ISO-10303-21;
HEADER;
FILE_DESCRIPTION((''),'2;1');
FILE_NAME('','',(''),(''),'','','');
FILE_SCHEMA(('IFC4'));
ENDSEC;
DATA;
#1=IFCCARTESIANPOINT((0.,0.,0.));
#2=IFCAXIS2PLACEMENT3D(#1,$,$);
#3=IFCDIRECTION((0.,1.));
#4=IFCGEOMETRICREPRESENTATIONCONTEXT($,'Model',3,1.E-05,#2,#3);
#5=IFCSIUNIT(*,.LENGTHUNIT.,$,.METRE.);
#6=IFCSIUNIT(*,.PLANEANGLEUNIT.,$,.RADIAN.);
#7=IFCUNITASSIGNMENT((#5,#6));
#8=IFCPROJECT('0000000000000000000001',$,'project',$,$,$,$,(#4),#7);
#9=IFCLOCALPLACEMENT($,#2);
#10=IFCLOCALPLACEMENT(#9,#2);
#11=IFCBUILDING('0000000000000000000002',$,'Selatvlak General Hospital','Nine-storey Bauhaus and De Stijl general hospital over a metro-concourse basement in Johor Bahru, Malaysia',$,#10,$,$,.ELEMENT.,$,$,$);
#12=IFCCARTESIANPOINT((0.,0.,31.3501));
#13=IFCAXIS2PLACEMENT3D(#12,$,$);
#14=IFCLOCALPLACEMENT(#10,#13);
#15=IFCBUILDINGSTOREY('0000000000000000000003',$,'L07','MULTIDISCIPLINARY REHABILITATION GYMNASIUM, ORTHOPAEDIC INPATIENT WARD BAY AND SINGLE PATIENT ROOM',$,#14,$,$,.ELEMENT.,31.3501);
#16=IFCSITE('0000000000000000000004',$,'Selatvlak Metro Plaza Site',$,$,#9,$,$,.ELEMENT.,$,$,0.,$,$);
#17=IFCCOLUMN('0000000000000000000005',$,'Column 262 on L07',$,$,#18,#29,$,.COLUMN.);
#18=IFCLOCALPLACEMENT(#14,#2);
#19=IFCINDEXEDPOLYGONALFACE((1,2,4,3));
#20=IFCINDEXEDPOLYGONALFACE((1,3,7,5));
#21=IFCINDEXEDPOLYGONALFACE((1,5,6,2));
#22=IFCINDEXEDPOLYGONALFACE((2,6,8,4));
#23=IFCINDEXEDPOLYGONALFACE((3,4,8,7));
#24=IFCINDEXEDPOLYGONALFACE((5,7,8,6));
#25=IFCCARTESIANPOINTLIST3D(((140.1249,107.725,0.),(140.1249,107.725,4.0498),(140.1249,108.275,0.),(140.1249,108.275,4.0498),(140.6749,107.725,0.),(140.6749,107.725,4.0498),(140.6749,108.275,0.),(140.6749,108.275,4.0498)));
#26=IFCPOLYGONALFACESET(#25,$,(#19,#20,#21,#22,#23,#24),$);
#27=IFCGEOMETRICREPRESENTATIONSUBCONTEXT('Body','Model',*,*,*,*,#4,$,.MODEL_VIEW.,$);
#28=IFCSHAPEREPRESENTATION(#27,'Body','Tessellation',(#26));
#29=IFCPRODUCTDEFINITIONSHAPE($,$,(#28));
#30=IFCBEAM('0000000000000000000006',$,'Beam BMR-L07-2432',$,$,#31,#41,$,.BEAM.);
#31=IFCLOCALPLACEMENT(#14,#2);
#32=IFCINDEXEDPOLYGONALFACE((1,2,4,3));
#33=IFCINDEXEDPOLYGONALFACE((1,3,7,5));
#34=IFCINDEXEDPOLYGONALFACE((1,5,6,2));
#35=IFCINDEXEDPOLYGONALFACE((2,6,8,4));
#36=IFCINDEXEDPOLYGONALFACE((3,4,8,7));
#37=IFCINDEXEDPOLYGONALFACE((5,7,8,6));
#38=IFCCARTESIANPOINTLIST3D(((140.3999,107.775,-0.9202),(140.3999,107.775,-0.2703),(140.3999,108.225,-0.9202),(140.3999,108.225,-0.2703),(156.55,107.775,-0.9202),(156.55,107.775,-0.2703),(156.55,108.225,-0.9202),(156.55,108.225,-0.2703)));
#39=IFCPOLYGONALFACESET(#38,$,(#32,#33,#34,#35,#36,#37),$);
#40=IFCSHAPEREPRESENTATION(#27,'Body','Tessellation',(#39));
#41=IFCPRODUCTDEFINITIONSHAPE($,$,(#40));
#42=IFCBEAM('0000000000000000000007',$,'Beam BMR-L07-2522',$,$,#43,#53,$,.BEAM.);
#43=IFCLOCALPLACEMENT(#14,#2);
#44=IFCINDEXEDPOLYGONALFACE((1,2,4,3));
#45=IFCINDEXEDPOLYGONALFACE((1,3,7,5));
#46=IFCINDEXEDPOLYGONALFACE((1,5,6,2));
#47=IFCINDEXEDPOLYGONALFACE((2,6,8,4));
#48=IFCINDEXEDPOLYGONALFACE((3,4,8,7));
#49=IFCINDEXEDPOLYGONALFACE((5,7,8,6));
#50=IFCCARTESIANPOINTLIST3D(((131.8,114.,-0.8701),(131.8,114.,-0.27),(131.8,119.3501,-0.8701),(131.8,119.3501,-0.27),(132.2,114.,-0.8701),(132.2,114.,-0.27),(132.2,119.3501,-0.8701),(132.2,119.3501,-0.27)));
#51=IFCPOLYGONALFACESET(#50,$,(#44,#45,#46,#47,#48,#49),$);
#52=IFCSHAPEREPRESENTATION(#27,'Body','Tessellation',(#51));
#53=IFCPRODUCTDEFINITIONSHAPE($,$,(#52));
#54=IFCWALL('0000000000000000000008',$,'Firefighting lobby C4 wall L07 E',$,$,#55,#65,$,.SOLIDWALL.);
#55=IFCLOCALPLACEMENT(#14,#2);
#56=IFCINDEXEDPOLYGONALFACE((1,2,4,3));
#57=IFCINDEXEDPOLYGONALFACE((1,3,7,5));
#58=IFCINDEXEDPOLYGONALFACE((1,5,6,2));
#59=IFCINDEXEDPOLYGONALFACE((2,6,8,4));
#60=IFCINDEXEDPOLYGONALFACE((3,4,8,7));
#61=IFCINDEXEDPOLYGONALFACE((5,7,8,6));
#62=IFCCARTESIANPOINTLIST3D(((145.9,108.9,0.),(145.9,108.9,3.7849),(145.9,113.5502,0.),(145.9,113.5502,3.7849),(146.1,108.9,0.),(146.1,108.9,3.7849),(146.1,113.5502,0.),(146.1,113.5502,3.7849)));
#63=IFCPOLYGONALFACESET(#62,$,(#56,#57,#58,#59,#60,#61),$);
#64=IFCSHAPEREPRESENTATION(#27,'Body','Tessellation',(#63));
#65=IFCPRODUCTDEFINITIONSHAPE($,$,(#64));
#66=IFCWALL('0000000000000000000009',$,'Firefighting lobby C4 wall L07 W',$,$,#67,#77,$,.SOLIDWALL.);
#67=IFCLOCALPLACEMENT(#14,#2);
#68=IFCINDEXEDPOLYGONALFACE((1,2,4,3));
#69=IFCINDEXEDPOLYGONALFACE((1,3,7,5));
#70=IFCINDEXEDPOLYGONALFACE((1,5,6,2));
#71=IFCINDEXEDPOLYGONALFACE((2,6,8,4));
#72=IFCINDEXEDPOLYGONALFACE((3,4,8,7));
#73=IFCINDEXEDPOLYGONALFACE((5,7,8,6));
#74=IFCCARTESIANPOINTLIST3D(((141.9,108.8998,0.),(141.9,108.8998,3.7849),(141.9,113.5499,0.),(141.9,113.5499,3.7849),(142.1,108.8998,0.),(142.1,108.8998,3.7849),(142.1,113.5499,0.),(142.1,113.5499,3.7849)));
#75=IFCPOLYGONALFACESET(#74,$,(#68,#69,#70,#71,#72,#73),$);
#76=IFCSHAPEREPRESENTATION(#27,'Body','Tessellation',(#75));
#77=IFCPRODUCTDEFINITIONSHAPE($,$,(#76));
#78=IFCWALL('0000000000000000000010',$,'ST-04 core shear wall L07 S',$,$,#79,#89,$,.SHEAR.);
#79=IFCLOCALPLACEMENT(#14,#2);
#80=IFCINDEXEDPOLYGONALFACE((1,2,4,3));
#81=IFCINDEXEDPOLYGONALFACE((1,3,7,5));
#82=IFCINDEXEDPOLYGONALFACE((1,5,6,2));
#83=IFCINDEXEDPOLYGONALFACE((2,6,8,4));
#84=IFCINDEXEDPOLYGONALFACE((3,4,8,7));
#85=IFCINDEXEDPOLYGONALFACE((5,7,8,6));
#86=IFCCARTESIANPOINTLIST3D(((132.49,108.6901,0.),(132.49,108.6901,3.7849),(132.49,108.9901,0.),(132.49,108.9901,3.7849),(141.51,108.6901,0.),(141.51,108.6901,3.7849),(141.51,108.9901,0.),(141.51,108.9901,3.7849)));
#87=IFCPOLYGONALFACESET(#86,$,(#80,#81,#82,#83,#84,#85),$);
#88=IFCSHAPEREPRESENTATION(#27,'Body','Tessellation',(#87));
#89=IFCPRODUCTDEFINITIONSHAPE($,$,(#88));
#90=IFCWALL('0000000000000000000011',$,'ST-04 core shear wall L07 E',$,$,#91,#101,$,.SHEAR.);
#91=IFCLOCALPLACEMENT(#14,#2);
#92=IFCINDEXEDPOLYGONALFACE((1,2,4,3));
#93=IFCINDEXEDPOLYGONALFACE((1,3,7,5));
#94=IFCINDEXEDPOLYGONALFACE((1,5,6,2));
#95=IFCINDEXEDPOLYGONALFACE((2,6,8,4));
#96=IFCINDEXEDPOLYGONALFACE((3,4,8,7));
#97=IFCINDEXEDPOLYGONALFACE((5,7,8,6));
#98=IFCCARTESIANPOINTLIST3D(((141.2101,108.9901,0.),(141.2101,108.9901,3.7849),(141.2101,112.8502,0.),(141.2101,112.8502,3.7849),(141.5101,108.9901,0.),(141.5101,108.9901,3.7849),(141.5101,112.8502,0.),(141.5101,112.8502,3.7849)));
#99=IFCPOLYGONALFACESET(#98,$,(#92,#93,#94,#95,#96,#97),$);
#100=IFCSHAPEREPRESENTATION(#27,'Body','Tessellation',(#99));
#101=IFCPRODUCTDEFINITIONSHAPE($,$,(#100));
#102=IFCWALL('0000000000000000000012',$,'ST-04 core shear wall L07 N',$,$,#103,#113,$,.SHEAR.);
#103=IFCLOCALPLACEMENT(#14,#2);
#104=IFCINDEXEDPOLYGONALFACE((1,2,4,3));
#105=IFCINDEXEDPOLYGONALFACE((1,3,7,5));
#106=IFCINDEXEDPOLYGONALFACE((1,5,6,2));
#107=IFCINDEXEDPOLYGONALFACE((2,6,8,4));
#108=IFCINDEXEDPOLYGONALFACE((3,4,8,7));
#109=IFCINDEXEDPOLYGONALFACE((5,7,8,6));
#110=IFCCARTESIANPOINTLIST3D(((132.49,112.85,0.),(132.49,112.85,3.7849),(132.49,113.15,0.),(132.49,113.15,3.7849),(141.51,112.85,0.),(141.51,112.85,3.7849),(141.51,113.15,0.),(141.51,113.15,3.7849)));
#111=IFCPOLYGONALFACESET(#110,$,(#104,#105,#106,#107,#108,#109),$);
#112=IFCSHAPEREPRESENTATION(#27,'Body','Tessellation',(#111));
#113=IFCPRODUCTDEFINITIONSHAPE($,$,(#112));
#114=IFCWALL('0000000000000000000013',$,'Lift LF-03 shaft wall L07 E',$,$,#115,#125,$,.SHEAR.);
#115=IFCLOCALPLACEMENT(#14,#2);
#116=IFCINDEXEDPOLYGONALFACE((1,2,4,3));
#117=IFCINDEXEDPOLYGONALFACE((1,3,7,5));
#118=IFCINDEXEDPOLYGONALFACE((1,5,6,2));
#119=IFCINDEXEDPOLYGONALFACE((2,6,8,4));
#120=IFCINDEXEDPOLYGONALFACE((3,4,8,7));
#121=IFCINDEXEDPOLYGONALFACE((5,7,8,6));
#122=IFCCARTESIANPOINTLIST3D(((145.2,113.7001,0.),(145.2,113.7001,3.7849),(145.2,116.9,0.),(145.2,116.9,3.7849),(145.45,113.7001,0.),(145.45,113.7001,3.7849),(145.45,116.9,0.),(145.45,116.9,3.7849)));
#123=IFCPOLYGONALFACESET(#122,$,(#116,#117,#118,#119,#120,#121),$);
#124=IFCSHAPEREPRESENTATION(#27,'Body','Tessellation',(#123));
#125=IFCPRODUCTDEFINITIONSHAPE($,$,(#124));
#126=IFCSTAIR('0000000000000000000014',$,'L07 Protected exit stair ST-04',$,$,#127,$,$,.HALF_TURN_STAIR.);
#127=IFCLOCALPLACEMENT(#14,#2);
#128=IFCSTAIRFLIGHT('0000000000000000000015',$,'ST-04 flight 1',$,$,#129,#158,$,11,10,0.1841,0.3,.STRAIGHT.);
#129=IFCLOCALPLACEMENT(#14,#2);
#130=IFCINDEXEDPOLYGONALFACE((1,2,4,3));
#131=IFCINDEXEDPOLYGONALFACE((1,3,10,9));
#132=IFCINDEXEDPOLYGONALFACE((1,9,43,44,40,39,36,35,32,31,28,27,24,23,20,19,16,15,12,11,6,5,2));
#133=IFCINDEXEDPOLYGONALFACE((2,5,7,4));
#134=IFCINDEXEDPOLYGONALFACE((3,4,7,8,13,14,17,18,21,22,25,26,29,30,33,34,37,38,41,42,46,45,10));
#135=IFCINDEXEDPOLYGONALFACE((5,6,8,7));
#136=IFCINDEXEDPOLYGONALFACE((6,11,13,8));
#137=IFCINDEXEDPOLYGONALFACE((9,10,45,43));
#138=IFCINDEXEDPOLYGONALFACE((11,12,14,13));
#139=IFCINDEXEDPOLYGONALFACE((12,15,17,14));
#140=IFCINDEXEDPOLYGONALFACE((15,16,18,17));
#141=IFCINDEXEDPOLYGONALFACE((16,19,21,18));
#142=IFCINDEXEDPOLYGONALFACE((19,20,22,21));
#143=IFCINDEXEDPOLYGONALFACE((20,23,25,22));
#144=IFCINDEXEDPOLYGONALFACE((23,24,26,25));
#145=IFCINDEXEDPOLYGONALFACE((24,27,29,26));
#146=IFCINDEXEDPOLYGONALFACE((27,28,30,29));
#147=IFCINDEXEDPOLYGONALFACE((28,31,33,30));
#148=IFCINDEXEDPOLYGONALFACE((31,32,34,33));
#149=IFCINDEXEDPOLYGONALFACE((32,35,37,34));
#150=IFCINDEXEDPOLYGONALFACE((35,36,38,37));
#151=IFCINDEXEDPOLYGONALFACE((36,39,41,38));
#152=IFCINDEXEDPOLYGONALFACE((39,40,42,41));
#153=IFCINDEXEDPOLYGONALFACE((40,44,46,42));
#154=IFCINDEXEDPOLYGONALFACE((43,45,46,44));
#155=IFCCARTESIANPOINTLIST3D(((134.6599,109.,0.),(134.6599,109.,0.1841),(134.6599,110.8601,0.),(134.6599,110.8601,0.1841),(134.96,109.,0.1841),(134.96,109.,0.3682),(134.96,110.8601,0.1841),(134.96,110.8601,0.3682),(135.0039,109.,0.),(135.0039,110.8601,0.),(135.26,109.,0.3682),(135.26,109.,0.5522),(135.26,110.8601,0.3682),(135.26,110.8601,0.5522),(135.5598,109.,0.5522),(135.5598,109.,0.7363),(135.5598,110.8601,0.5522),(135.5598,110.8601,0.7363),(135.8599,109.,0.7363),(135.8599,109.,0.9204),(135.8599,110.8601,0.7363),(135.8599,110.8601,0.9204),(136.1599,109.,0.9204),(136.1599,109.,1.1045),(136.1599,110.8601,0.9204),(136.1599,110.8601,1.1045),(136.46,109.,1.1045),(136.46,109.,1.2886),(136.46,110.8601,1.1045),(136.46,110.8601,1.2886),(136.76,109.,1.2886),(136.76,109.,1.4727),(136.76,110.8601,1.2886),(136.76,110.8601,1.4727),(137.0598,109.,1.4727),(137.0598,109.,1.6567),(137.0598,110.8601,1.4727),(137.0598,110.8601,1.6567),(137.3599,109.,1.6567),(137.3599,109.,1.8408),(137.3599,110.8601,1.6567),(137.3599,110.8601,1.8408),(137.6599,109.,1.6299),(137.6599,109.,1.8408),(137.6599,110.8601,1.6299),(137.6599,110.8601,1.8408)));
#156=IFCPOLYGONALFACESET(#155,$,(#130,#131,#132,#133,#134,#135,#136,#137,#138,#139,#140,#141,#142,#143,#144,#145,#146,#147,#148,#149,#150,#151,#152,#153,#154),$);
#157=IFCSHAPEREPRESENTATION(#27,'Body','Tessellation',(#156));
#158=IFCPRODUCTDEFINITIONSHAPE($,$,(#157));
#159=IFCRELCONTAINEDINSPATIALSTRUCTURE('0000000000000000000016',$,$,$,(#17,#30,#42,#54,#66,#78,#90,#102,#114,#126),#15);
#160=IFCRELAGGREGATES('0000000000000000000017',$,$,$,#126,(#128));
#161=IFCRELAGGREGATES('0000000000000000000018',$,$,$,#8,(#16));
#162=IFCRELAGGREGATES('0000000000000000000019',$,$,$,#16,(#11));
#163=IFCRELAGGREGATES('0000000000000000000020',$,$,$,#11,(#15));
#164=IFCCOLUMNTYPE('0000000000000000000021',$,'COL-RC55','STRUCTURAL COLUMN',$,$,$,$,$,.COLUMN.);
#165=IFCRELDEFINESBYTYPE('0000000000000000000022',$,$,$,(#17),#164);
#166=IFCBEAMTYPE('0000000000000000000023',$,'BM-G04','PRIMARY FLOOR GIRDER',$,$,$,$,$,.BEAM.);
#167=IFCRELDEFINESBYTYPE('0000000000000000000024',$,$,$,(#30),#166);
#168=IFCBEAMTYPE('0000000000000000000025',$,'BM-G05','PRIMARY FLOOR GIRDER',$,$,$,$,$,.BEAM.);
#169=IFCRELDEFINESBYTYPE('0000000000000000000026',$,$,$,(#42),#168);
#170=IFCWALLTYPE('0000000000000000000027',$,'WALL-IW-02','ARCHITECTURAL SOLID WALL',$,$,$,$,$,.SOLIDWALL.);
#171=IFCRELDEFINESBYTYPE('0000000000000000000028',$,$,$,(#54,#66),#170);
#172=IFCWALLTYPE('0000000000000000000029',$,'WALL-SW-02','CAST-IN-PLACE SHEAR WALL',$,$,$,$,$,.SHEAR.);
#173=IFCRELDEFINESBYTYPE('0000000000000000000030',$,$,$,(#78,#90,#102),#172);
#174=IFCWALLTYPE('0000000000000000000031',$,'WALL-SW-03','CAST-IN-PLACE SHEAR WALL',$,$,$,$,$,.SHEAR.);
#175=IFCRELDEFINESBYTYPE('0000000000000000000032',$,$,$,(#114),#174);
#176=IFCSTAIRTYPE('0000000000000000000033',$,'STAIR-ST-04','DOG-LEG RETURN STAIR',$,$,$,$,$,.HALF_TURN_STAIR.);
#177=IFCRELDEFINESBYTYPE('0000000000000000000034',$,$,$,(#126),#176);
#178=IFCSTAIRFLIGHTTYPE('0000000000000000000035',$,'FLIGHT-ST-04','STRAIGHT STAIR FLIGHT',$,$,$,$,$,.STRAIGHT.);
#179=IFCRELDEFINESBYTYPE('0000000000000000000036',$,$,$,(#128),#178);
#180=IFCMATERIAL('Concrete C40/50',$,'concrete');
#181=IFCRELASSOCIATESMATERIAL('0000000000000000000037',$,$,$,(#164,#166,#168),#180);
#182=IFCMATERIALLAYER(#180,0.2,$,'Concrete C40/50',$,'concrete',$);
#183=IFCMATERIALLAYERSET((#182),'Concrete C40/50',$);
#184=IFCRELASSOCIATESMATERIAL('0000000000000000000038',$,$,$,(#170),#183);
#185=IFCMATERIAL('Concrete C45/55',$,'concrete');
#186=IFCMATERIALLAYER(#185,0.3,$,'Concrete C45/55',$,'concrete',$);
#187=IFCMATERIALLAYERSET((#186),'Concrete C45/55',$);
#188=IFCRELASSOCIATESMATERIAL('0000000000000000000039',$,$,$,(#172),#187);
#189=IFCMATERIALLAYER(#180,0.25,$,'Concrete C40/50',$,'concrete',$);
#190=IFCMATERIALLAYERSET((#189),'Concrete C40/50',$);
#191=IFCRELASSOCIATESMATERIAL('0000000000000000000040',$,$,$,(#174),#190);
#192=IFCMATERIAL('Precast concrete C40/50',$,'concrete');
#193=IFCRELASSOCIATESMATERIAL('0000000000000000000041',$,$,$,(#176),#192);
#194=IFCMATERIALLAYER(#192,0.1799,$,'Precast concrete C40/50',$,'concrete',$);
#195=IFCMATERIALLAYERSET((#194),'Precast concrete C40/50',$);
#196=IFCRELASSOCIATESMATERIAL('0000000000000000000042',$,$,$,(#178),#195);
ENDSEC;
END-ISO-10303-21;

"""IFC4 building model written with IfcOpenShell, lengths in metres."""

from ifc_helpers import new_model, si_unit, direction, frame, frame_2d, origin, origin_2d, place, context, subcontext, project, spatial, polyline, rectangle, outline, extrude, material, layer, layer_set, material_profile, profile_set, type_object, element, aggregate, save


model = new_model("IFC4")

# Units and contexts
model_context = context("Model", 3, precision=1e-05, world=origin(), true_north=direction((0.0, 1.0)))
body_context = subcontext(model_context, "Body", "Model", "MODEL_VIEW")
ifc_project = project(units=[si_unit("LENGTHUNIT", "METRE"), si_unit("PLANEANGLEUNIT", "RADIAN")], contexts=[model_context])

# Site, building, storey
site_placement = place(None, origin())
site = spatial("IfcSite", under=ifc_project, at=site_placement, Name="Selatvlak Metro Plaza Site", CompositionType="ELEMENT", RefElevation=0.0)
building_placement = place(site_placement, origin())
building = spatial("IfcBuilding", under=site, at=building_placement, Name="Selatvlak General Hospital", Description="Nine-storey Bauhaus and De Stijl general hospital over a metro-concourse basement in Johor Bahru, Malaysia", CompositionType="ELEMENT")
storey_placement = place(building_placement, frame((0.0, 0.0, 31.3501)))
storey = spatial("IfcBuildingStorey", under=building, at=storey_placement, Name="L07", Description="MULTIDISCIPLINARY REHABILITATION GYMNASIUM, ORTHOPAEDIC INPATIENT WARD BAY AND SINGLE PATIENT ROOM", CompositionType="ELEMENT", Elevation=31.3501)

# Column
ifc_material_1 = material(Name="Concrete C40/50", Category="concrete")
ifc_material_profile_1 = material_profile(ifc_material_1, rectangle(XDim=0.55, YDim=0.55, at=origin_2d()), Name="RC-COL 550x550")
ifc_profile_set_1 = profile_set([ifc_material_profile_1], Name="Concrete C40/50")
column_type = type_object("IfcColumnType", Name="COL-RC55", Description="STRUCTURAL COLUMN", PredefinedType="COLUMN", material=ifc_profile_set_1)
column_placement = place(storey_placement, frame((140.3999, 108.0, 0.0), z_axis=(0.0, 0.0, 1.0), x_axis=(1.0, 0.0, 0.0)))
element("IfcColumn", 1, at=column_placement, inside=storey, type_object=column_type, Name="Column 262 on L07", PredefinedType="COLUMN", context=body_context, shape_type="SweptSolid", body=[
    extrude(rectangle(XDim=0.55, YDim=0.55, at=origin_2d()), origin(), (0.0, 0.0, 1.0), 4.0498),
])

# Beams
ifc_material_profile_2 = material_profile(ifc_material_1, rectangle(XDim=0.45, YDim=0.6499, at=origin_2d()), Name="RC-BM 450x650")
ifc_profile_set_2 = profile_set([ifc_material_profile_2], Name="Concrete C40/50")
beam_type_1 = type_object("IfcBeamType", Name="BM-G04", Description="PRIMARY FLOOR GIRDER", PredefinedType="BEAM", material=ifc_profile_set_2)
beam_1_placement = place(storey_placement, frame((140.3999, 108.0, -0.5952), z_axis=(1.0, 0.0, 0.0), x_axis=(0.0, 1.0, 0.0)))
element("IfcBeam", 2, at=beam_1_placement, inside=storey, type_object=beam_type_1, Name="Beam BMR-L07-2432", PredefinedType="BEAM", context=body_context, shape_type="SweptSolid", body=[
    extrude(rectangle(XDim=0.45, YDim=0.6499, at=origin_2d()), origin(), (0.0, 0.0, 1.0), 16.1501),
])
ifc_material_profile_3 = material_profile(ifc_material_1, rectangle(XDim=0.3999, YDim=0.6001, at=origin_2d()), Name="RC-BM 400x600")
ifc_profile_set_3 = profile_set([ifc_material_profile_3], Name="Concrete C40/50")
beam_type_2 = type_object("IfcBeamType", Name="BM-G05", Description="PRIMARY FLOOR GIRDER", PredefinedType="BEAM", material=ifc_profile_set_3)
beam_2_placement = place(storey_placement, frame((132.0, 114.0, -0.5701), z_axis=(0.0, 1.0, 0.0), x_axis=(-1.0, 0.0, 0.0)))
element("IfcBeam", 3, at=beam_2_placement, inside=storey, type_object=beam_type_2, Name="Beam BMR-L07-2522", PredefinedType="BEAM", context=body_context, shape_type="SweptSolid", body=[
    extrude(rectangle(XDim=0.3999, YDim=0.6001, at=origin_2d()), origin(), (0.0, 0.0, 1.0), 5.3501),
])

# Shared definitions
ifc_layer_1 = layer(ifc_material_1, 0.2, Name="Concrete C40/50", Category="concrete")
ifc_layer_set_1 = layer_set([ifc_layer_1], Name="Concrete C40/50")
wall_type_1 = type_object("IfcWallType", Name="WALL-IW-02", Description="ARCHITECTURAL SOLID WALL", PredefinedType="SOLIDWALL", material=ifc_layer_set_1)

# Walls
for number, where, z_axis, x_axis, name in (
    (4, (146.0, 108.8999, 0.0), (0.0, 0.0, 1.0), (0.0, 1.0, 0.0), "Firefighting lobby C4 wall L07 E"),
    (5, (142.0, 113.55, 0.0), (0.0, 0.0, 1.0), (0.0, -1.0, 0.0), "Firefighting lobby C4 wall L07 W"),
):
    element("IfcWall", number, at=place(storey_placement, frame(where, z_axis=z_axis, x_axis=x_axis)), inside=storey, type_object=wall_type_1, Name=name, PredefinedType="SOLIDWALL", context=body_context, shape_type="SweptSolid", body=[
        extrude(rectangle(XDim=4.6501, YDim=0.2, at=frame_2d((2.3252, 0.0))), origin(), (0.0, 0.0, 1.0), 3.7849),
    ])
ifc_material_2 = material(Name="Concrete C45/55", Category="concrete")
ifc_layer_2 = layer(ifc_material_2, 0.3, Name="Concrete C45/55", Category="concrete")
ifc_layer_set_2 = layer_set([ifc_layer_2], Name="Concrete C45/55")
wall_type_2 = type_object("IfcWallType", Name="WALL-SW-02", Description="CAST-IN-PLACE SHEAR WALL", PredefinedType="SHEAR", material=ifc_layer_set_2)
wall_1_placement = place(storey_placement, frame((132.49, 108.8401, 0.0), z_axis=(0.0, 0.0, 1.0), x_axis=(1.0, 0.0, 0.0)))
element("IfcWall", 6, at=wall_1_placement, inside=storey, type_object=wall_type_2, Name="ST-04 core shear wall L07 S", PredefinedType="SHEAR", context=body_context, shape_type="SweptSolid", body=[
    extrude(rectangle(XDim=9.02, YDim=0.3, at=frame_2d((4.51, 0.0))), origin(), (0.0, 0.0, 1.0), 3.7849),
])
wall_2_placement = place(storey_placement, frame((141.3601, 108.99, 0.0), z_axis=(0.0, 0.0, 1.0), x_axis=(0.0, 1.0, 0.0)))
element("IfcWall", 7, at=wall_2_placement, inside=storey, type_object=wall_type_2, Name="ST-04 core shear wall L07 E", PredefinedType="SHEAR", context=body_context, shape_type="SweptSolid", body=[
    extrude(rectangle(XDim=3.8601, YDim=0.3, at=frame_2d((1.9302, 0.0))), origin(), (0.0, 0.0, 1.0), 3.7849),
])
wall_3_placement = place(storey_placement, frame((141.51, 113.0, 0.0), z_axis=(0.0, 0.0, 1.0), x_axis=(-1.0, 0.0, 0.0)))
element("IfcWall", 8, at=wall_3_placement, inside=storey, type_object=wall_type_2, Name="ST-04 core shear wall L07 N", PredefinedType="SHEAR", context=body_context, shape_type="SweptSolid", body=[
    extrude(rectangle(XDim=9.02, YDim=0.3, at=frame_2d((4.51, 0.0))), origin(), (0.0, 0.0, 1.0), 3.7849),
])

# Shared definitions
ifc_layer_3 = layer(ifc_material_1, 0.25, Name="Concrete C40/50", Category="concrete")
ifc_layer_set_3 = layer_set([ifc_layer_3], Name="Concrete C40/50")
wall_type_3 = type_object("IfcWallType", Name="WALL-SW-03", Description="CAST-IN-PLACE SHEAR WALL", PredefinedType="SHEAR", material=ifc_layer_set_3)

# Wall
wall_4_placement = place(storey_placement, frame((145.325, 113.7, 0.0), z_axis=(0.0, 0.0, 1.0), x_axis=(0.0, 1.0, 0.0)))
element("IfcWall", 9, at=wall_4_placement, inside=storey, type_object=wall_type_3, Name="Lift LF-03 shaft wall L07 E", PredefinedType="SHEAR", context=body_context, shape_type="SweptSolid", body=[
    extrude(rectangle(XDim=3.2, YDim=0.25, at=frame_2d((1.6001, 0.0))), origin(), (0.0, 0.0, 1.0), 3.7849),
])

# Stair, stair flight
ifc_material_3 = material(Name="Precast concrete C40/50", Category="concrete")
stair_type = type_object("IfcStairType", Name="STAIR-ST-04", Description="DOG-LEG RETURN STAIR", PredefinedType="HALF_TURN_STAIR", material=ifc_material_3)
stair_placement = place(storey_placement, origin())
stair = element("IfcStair", 10, at=stair_placement, inside=storey, type_object=stair_type, Name="L07 Protected exit stair ST-04", PredefinedType="HALF_TURN_STAIR")
ifc_layer_4 = layer(ifc_material_3, 0.1799, Name="Precast concrete C40/50", Category="concrete")
ifc_layer_set_4 = layer_set([ifc_layer_4], Name="Precast concrete C40/50")
stair_flight_type = type_object("IfcStairFlightType", Name="FLIGHT-ST-04", Description="STRAIGHT STAIR FLIGHT", PredefinedType="STRAIGHT", material=ifc_layer_set_4)
stair_flight_1_placement = place(storey_placement, frame((134.6599, 109.9299, 0.0), z_axis=(0.0, 0.0, 1.0), x_axis=(1.0, 0.0, 0.0)))
stair_flight_1 = element("IfcStairFlight", 11, at=stair_flight_1_placement, type_object=stair_flight_type, Name="ST-04 flight 1", NumberOfRisers=11, NumberOfTreads=10, PredefinedType="STRAIGHT", RiserHeight=0.1841, TreadLength=0.3, context=body_context, shape_type="SweptSolid", body=[
    extrude(outline(polyline([(0.0, 0.0), (0.0, 0.1841), (0.3, 0.1841), (0.3, 0.3682), (0.6001, 0.3682), (0.6001, 0.5522), (0.8999, 0.5522), (0.8999, 0.7363), (1.2, 0.7363), (1.2, 0.9204), (1.5, 0.9204), (1.5, 1.1045), (1.8, 1.1045), (1.8, 1.2886), (2.1001, 1.2886), (2.1001, 1.4727), (2.3999, 1.4727), (2.3999, 1.6567), (2.7, 1.6567), (2.7, 1.8408), (3.0, 1.8408), (3.0, 2.0249), (3.0, 1.6299), (0.344, 0.0), (0.0, 0.0)])), frame((0.0, 0.9302, 0.0), z_axis=(0.0, -1.0, 0.0), x_axis=(1.0, 0.0, 0.0)), (0.0, 0.0, 1.0), 1.8601),
])
aggregate(stair, [stair_flight_1])

save(model, "model.ifc")
